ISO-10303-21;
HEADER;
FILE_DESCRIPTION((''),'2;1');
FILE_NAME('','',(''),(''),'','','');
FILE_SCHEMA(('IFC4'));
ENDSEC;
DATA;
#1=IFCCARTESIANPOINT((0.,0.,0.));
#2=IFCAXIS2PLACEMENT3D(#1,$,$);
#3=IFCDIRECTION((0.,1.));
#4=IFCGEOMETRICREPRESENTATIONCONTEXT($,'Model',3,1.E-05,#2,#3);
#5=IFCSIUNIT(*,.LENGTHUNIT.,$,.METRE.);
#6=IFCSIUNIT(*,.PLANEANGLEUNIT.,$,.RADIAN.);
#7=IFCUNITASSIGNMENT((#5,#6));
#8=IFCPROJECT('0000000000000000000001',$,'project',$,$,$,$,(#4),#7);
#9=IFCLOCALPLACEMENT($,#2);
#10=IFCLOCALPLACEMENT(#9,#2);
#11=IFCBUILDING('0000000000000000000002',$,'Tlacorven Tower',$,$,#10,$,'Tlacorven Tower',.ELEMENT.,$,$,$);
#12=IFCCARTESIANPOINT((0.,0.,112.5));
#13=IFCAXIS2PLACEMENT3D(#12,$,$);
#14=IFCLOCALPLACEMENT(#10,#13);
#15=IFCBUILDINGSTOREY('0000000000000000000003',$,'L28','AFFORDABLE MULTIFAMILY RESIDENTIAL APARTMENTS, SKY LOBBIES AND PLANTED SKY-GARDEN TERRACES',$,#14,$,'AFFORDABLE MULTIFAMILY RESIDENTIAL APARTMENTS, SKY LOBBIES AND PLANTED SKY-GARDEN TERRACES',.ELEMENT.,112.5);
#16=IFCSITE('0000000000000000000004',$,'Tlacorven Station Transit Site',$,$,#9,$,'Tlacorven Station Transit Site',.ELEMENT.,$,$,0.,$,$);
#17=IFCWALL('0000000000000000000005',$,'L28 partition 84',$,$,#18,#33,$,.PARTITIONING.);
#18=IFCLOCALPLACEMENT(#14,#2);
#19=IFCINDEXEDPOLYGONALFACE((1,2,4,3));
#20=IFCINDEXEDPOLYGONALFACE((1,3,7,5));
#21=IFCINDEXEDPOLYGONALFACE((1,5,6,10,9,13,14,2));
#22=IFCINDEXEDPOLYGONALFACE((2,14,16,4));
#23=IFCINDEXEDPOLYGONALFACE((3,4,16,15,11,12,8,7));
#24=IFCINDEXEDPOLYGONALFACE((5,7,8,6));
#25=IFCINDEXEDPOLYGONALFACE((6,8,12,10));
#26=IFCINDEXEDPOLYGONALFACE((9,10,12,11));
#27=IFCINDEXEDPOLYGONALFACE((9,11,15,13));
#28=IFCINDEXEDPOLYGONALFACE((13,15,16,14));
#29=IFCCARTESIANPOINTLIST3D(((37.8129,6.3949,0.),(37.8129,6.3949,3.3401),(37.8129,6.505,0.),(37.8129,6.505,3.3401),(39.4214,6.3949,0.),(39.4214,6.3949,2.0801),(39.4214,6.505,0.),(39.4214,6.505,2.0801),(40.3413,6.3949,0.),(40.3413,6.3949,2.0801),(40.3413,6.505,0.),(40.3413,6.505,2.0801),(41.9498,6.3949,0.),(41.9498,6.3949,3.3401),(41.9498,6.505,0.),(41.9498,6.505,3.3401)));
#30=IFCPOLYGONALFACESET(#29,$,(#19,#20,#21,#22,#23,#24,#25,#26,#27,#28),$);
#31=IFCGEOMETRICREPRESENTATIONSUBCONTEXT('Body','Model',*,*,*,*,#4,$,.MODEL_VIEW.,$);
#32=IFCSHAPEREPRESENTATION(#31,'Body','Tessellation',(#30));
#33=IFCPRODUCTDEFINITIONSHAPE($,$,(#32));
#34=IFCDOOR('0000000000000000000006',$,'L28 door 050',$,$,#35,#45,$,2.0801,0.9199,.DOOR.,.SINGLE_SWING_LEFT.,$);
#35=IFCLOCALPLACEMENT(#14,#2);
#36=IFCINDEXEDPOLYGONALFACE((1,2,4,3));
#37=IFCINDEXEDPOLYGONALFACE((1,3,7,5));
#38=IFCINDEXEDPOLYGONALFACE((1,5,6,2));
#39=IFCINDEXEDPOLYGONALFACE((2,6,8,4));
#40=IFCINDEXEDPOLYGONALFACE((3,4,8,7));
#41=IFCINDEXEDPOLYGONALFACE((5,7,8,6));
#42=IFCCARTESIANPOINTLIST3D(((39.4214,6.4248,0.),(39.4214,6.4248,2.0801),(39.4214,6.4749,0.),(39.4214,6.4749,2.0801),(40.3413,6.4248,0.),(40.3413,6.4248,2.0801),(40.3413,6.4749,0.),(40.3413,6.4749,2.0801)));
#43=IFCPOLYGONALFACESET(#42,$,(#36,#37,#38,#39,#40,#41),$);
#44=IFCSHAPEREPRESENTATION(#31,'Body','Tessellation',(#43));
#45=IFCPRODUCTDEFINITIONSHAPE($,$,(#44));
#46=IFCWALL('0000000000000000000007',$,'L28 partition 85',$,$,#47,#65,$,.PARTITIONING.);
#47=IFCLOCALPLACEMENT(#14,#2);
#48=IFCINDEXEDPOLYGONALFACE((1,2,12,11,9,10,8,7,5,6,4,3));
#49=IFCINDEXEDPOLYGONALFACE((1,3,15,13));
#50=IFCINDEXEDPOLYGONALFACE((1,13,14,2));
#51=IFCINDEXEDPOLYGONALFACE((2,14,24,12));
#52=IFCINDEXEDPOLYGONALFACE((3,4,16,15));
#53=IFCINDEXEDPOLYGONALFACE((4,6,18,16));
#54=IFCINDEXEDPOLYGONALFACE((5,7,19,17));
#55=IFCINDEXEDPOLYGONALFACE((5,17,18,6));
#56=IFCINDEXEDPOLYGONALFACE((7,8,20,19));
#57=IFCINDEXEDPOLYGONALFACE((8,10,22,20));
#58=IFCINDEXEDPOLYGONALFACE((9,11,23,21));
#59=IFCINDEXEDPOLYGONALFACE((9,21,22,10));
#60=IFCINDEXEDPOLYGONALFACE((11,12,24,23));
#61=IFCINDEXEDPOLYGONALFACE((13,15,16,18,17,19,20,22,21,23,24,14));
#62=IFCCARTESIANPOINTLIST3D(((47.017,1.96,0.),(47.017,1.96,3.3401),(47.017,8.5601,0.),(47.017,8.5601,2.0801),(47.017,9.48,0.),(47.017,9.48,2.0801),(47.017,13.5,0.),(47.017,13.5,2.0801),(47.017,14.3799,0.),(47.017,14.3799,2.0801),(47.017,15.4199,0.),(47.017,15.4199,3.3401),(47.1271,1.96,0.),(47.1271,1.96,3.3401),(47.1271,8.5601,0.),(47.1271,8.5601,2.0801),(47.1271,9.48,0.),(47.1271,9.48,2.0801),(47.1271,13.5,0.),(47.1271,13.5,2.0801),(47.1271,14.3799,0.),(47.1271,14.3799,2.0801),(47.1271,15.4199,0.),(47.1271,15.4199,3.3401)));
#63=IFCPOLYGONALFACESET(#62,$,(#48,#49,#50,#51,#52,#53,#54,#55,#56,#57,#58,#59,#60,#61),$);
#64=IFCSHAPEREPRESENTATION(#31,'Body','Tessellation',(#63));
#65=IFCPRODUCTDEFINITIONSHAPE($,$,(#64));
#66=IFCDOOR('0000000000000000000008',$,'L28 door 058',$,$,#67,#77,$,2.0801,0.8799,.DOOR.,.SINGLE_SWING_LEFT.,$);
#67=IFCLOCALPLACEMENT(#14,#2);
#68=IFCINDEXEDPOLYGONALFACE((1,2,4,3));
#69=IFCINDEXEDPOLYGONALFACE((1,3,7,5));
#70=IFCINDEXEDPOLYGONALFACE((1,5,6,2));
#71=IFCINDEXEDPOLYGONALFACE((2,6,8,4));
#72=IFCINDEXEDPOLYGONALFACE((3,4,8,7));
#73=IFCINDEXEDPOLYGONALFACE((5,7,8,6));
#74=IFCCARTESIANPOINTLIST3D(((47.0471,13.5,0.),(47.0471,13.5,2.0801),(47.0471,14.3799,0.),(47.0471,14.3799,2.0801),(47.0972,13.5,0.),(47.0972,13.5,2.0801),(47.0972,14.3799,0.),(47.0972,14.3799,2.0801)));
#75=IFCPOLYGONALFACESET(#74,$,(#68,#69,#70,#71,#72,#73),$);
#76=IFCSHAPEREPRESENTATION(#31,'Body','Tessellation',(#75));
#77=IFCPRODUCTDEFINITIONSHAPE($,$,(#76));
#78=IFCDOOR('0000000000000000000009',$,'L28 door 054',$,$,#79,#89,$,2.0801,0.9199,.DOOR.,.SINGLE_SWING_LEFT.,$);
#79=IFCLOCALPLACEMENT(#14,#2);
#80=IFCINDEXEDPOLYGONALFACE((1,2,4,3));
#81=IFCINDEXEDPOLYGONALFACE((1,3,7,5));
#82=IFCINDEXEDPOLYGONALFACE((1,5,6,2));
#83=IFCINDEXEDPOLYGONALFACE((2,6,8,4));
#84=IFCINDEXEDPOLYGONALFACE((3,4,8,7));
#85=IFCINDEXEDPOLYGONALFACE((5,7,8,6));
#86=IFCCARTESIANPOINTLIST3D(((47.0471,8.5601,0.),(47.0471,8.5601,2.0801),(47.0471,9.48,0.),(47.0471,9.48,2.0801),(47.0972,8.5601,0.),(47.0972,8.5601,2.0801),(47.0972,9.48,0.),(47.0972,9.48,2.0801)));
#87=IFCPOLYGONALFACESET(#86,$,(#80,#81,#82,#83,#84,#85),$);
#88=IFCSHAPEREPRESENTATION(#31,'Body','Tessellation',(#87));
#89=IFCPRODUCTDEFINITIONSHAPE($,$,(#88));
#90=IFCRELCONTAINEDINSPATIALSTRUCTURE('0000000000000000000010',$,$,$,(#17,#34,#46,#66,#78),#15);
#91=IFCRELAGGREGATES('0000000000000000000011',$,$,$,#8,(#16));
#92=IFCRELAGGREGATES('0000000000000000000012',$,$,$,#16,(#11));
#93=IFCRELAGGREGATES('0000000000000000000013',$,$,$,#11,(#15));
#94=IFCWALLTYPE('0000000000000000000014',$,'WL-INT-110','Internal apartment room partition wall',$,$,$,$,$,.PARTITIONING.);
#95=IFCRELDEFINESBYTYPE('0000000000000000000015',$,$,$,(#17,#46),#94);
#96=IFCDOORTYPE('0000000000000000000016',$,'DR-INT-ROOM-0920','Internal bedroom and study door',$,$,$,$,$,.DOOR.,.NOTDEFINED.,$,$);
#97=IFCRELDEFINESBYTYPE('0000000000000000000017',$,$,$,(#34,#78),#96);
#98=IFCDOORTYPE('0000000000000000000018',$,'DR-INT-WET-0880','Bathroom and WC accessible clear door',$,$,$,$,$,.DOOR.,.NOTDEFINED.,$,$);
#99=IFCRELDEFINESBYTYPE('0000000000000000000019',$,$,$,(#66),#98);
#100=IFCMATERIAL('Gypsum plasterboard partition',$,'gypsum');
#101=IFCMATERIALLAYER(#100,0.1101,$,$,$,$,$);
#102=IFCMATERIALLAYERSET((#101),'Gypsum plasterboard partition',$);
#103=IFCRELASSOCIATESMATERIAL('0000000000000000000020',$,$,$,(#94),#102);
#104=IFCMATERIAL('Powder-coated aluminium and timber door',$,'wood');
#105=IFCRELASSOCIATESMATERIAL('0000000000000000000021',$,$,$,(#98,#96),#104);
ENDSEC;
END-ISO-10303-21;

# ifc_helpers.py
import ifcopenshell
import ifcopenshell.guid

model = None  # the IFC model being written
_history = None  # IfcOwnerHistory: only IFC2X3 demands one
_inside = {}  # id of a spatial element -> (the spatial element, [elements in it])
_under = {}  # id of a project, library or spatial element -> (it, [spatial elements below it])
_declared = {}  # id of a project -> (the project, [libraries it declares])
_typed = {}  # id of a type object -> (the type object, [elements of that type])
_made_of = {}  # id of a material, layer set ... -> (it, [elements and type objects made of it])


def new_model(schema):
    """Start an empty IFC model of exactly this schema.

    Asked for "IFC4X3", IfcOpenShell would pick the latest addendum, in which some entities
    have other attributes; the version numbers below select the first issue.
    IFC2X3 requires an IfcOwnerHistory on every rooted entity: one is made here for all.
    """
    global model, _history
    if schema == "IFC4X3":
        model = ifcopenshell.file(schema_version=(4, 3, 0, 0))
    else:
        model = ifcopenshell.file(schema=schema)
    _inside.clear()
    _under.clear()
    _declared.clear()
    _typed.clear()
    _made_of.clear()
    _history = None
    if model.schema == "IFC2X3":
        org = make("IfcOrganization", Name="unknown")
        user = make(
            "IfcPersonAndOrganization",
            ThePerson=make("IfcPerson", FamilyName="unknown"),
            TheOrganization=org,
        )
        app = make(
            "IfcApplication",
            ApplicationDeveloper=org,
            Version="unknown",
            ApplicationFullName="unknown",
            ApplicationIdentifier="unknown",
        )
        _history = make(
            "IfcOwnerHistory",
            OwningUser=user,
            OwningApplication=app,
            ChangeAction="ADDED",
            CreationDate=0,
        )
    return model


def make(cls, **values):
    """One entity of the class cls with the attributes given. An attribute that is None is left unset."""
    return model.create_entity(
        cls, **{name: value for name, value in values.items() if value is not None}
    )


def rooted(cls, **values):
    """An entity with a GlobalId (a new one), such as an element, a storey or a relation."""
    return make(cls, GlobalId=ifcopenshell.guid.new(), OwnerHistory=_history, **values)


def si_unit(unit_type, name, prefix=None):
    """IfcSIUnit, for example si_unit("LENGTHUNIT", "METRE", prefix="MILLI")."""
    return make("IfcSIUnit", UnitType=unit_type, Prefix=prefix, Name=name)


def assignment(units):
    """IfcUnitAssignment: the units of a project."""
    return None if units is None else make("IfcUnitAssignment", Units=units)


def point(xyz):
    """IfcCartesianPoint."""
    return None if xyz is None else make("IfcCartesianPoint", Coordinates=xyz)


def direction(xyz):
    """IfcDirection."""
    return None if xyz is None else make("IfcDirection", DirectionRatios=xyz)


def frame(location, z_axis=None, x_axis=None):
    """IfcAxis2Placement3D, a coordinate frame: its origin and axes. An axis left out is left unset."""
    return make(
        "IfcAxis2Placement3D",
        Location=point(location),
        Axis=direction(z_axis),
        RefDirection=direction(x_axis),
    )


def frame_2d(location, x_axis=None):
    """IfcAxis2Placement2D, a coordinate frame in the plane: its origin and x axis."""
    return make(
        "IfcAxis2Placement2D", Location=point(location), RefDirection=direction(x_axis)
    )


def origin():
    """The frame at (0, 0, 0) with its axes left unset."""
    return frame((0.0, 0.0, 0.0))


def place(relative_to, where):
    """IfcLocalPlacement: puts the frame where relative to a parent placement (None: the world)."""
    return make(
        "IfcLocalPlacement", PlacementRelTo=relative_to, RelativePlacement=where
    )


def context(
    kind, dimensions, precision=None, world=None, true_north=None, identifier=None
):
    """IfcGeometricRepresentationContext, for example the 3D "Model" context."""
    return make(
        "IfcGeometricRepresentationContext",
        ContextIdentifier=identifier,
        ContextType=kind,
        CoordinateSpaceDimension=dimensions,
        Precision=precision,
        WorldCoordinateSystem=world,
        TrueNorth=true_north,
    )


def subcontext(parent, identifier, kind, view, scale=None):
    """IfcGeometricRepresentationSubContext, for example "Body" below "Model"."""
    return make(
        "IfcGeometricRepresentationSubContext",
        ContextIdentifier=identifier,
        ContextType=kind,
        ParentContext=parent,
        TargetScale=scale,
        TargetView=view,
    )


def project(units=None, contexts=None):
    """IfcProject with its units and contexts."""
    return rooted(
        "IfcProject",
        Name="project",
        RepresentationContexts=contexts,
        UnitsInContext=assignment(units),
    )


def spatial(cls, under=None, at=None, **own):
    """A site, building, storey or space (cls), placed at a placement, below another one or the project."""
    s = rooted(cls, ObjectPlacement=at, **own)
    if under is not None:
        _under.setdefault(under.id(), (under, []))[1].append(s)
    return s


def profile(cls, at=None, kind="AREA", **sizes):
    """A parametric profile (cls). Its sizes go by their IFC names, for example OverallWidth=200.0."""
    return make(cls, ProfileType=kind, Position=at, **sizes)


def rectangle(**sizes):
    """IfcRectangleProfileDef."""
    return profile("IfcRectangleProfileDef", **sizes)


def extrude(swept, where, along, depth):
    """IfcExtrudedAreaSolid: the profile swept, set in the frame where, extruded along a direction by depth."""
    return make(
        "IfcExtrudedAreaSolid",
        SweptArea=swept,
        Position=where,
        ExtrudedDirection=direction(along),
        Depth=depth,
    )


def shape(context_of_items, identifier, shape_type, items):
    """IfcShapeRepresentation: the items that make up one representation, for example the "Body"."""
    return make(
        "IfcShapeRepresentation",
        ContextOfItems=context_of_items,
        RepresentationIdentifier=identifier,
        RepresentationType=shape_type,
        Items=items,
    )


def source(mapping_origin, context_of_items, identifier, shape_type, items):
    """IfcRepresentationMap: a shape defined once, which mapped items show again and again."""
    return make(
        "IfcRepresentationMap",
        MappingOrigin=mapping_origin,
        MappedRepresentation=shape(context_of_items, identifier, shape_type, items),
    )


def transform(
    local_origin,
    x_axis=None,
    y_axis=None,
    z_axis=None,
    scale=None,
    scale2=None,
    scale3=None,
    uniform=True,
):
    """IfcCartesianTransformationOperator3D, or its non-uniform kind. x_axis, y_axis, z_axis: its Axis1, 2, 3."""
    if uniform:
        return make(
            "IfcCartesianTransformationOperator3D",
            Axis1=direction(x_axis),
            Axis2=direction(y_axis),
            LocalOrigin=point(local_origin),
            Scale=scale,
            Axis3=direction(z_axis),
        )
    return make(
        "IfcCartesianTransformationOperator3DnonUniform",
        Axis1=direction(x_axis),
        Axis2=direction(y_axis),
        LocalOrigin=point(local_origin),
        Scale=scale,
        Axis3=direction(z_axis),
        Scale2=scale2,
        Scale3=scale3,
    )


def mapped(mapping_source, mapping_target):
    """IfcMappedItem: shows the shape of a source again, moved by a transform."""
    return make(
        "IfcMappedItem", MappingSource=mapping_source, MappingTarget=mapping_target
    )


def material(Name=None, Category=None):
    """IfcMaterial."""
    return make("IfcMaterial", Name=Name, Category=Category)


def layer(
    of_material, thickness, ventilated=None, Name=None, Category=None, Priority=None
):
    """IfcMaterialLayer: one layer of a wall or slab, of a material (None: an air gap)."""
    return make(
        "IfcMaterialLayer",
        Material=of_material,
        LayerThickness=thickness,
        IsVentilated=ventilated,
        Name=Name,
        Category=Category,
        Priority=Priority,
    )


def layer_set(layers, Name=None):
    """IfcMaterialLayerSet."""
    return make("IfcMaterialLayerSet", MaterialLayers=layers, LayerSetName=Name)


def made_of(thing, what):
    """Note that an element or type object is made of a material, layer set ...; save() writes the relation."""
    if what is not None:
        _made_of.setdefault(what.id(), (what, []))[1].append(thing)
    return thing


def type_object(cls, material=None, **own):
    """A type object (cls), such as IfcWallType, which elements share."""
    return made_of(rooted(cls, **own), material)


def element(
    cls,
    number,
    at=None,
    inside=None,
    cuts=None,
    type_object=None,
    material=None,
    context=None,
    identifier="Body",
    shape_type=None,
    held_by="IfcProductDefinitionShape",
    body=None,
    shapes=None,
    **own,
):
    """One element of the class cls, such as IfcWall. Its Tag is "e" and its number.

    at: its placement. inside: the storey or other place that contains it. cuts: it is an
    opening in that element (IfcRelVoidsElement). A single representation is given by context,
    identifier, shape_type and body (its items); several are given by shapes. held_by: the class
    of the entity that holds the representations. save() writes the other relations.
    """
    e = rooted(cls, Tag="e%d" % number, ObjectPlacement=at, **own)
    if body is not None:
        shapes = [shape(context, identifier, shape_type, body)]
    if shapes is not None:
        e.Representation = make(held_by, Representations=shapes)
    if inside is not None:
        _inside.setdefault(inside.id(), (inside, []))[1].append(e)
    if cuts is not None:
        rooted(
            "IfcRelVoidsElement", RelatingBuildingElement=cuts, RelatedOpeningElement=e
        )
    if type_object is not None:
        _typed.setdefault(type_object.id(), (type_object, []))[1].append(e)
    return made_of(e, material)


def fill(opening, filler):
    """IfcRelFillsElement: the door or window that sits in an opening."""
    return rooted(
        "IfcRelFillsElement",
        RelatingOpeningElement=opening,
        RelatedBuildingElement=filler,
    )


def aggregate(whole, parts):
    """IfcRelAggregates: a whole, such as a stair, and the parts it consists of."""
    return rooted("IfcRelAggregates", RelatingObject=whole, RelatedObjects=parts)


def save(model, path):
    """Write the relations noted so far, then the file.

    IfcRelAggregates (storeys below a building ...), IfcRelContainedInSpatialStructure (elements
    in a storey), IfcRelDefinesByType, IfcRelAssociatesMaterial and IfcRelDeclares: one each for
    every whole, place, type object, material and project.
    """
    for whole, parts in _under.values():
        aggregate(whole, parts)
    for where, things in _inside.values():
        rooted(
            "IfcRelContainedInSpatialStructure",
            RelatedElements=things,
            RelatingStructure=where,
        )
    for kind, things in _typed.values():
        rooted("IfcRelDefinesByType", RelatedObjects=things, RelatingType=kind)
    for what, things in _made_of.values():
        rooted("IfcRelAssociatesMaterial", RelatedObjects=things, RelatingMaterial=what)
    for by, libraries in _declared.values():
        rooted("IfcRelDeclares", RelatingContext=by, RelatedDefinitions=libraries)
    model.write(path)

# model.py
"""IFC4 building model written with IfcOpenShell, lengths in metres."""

from ifc_helpers import new_model, si_unit, direction, frame, frame_2d, origin, place, context, subcontext, project, spatial, rectangle, extrude, source, transform, mapped, material, layer, layer_set, type_object, element, fill, save


model = new_model("IFC4")

# Units and contexts
model_context = context("Model", 3, precision=1e-05, world=origin(), true_north=direction((0.0, 1.0)))
body_context = subcontext(model_context, "Body", "Model", "MODEL_VIEW")
ifc_project = project(units=[si_unit("LENGTHUNIT", "METRE"), si_unit("PLANEANGLEUNIT", "RADIAN")], contexts=[model_context])

# Site, building, storey
site_placement = place(None, origin())
site = spatial("IfcSite", under=ifc_project, at=site_placement, Name="Tlacorven Station Transit Site", LongName="Tlacorven Station Transit Site", CompositionType="ELEMENT", RefElevation=0.0)
building_placement = place(site_placement, origin())
building = spatial("IfcBuilding", under=site, at=building_placement, Name="Tlacorven Tower", LongName="Tlacorven Tower", CompositionType="ELEMENT")
storey_placement = place(building_placement, frame((0.0, 0.0, 112.5)))
storey = spatial("IfcBuildingStorey", under=building, at=storey_placement, Name="L28", Description="AFFORDABLE MULTIFAMILY RESIDENTIAL APARTMENTS, SKY LOBBIES AND PLANTED SKY-GARDEN TERRACES", LongName="AFFORDABLE MULTIFAMILY RESIDENTIAL APARTMENTS, SKY LOBBIES AND PLANTED SKY-GARDEN TERRACES", CompositionType="ELEMENT", Elevation=112.5)

# Shared definitions
ifc_material_1 = material(Name="Gypsum plasterboard partition", Category="gypsum")
ifc_layer_1 = layer(ifc_material_1, 0.1101)
ifc_layer_set_1 = layer_set([ifc_layer_1], Name="Gypsum plasterboard partition")
wall_type_1 = type_object("IfcWallType", Name="WL-INT-110", Description="Internal apartment room partition wall", PredefinedType="PARTITIONING", material=ifc_layer_set_1)
ifc_material_2 = material(Name="Powder-coated aluminium and timber door", Category="wood")
door_type_1 = type_object("IfcDoorType", Name="DR-INT-WET-0880", Description="Bathroom and WC accessible clear door", OperationType="NOTDEFINED", PredefinedType="DOOR", material=ifc_material_2)
shared_shape_1 = source(origin(), body_context, "Body", "SweptSolid", [
    extrude(rectangle(XDim=0.8799, YDim=2.0801, at=frame_2d((0.4399, 1.04))), frame((0.0, 0.0249, 0.0), z_axis=(0.0, -1.0, 0.0), x_axis=(1.0, 0.0, 0.0)), (0.0, 0.0, 1.0), 0.05),
])
door_type_2 = type_object("IfcDoorType", Name="DR-INT-ROOM-0920", Description="Internal bedroom and study door", OperationType="NOTDEFINED", PredefinedType="DOOR", material=ifc_material_2)
shared_shape_2 = source(origin(), body_context, "Body", "SweptSolid", [
    extrude(rectangle(XDim=0.9199, YDim=2.0801, at=frame_2d((0.46, 1.04))), frame((0.0, 0.0249, 0.0), z_axis=(0.0, -1.0, 0.0), x_axis=(1.0, 0.0, 0.0)), (0.0, 0.0, 1.0), 0.05),
])

# Wall, opening, door
wall_1_placement = place(storey_placement, frame((37.813, 6.45, 0.0), z_axis=(0.0, 0.0, 1.0), x_axis=(1.0, 0.0, 0.0)))
wall_1 = element("IfcWall", 1, at=wall_1_placement, inside=storey, type_object=wall_type_1, Name="L28 partition 84", PredefinedType="PARTITIONING", context=body_context, shape_type="SweptSolid", body=[
    extrude(rectangle(XDim=4.137, YDim=0.1101, at=frame_2d((2.0684, 0.0))), origin(), (0.0, 0.0, 1.0), 3.3401),
])
opening_1_placement = place(wall_1_placement, frame((1.6084, 0.0, 0.0)))
opening_1 = element("IfcOpeningElement", 2, at=opening_1_placement, cuts=wall_1, PredefinedType="OPENING", context=body_context, shape_type="SweptSolid", body=[
    extrude(rectangle(XDim=0.9199, YDim=2.0801, at=frame_2d((0.46, 1.04))), frame((0.0, 0.0649, 0.0), z_axis=(0.0, -1.0, 0.0), x_axis=(1.0, 0.0, 0.0)), (0.0, 0.0, 1.0), 0.1301),
])
door_1_placement = place(opening_1_placement, origin())
door_1 = element("IfcDoor", 3, at=door_1_placement, inside=storey, type_object=door_type_2, Name="L28 door 050", OperationType="SINGLE_SWING_LEFT", OverallHeight=2.0801, OverallWidth=0.9199, PredefinedType="DOOR", context=body_context, shape_type="MappedRepresentation", body=[
    mapped(shared_shape_2, transform((0.0, 0.0, 0.0), scale=1.0)),
])
fill(opening_1, door_1)

# Wall, openings, doors
wall_2_placement = place(storey_placement, frame((47.072, 1.96, 0.0), z_axis=(0.0, 0.0, 1.0), x_axis=(0.0, 1.0, 0.0)))
wall_2 = element("IfcWall", 4, at=wall_2_placement, inside=storey, type_object=wall_type_1, Name="L28 partition 85", PredefinedType="PARTITIONING", context=body_context, shape_type="SweptSolid", body=[
    extrude(rectangle(XDim=13.46, YDim=0.1101, at=frame_2d((6.73, 0.0))), origin(), (0.0, 0.0, 1.0), 3.3401),
])
opening_2_placement = place(wall_2_placement, frame((6.6001, 0.0, 0.0)))
opening_2 = element("IfcOpeningElement", 5, at=opening_2_placement, cuts=wall_2, PredefinedType="OPENING", context=body_context, shape_type="SweptSolid", body=[
    extrude(rectangle(XDim=0.9199, YDim=2.0801, at=frame_2d((0.46, 1.04))), frame((0.0, 0.0649, 0.0), z_axis=(0.0, -1.0, 0.0), x_axis=(1.0, 0.0, 0.0)), (0.0, 0.0, 1.0), 0.1301),
])
opening_3_placement = place(wall_2_placement, frame((11.54, 0.0, 0.0)))
opening_3 = element("IfcOpeningElement", 6, at=opening_3_placement, cuts=wall_2, PredefinedType="OPENING", context=body_context, shape_type="SweptSolid", body=[
    extrude(rectangle(XDim=0.8799, YDim=2.0801, at=frame_2d((0.4399, 1.04))), frame((0.0, 0.0649, 0.0), z_axis=(0.0, -1.0, 0.0), x_axis=(1.0, 0.0, 0.0)), (0.0, 0.0, 1.0), 0.1301),
])
door_2_placement = place(opening_3_placement, origin())
door_2 = element("IfcDoor", 7, at=door_2_placement, inside=storey, type_object=door_type_1, Name="L28 door 058", OperationType="SINGLE_SWING_LEFT", OverallHeight=2.0801, OverallWidth=0.8799, PredefinedType="DOOR", context=body_context, shape_type="MappedRepresentation", body=[
    mapped(shared_shape_1, transform((0.0, 0.0, 0.0), scale=1.0)),
])
fill(opening_3, door_2)
door_3_placement = place(opening_2_placement, origin())
door_3 = element("IfcDoor", 8, at=door_3_placement, inside=storey, type_object=door_type_2, Name="L28 door 054", OperationType="SINGLE_SWING_LEFT", OverallHeight=2.0801, OverallWidth=0.9199, PredefinedType="DOOR", context=body_context, shape_type="MappedRepresentation", body=[
    mapped(shared_shape_2, transform((0.0, 0.0, 0.0), scale=1.0)),
])
fill(opening_2, door_3)

save(model, "model.ifc")
